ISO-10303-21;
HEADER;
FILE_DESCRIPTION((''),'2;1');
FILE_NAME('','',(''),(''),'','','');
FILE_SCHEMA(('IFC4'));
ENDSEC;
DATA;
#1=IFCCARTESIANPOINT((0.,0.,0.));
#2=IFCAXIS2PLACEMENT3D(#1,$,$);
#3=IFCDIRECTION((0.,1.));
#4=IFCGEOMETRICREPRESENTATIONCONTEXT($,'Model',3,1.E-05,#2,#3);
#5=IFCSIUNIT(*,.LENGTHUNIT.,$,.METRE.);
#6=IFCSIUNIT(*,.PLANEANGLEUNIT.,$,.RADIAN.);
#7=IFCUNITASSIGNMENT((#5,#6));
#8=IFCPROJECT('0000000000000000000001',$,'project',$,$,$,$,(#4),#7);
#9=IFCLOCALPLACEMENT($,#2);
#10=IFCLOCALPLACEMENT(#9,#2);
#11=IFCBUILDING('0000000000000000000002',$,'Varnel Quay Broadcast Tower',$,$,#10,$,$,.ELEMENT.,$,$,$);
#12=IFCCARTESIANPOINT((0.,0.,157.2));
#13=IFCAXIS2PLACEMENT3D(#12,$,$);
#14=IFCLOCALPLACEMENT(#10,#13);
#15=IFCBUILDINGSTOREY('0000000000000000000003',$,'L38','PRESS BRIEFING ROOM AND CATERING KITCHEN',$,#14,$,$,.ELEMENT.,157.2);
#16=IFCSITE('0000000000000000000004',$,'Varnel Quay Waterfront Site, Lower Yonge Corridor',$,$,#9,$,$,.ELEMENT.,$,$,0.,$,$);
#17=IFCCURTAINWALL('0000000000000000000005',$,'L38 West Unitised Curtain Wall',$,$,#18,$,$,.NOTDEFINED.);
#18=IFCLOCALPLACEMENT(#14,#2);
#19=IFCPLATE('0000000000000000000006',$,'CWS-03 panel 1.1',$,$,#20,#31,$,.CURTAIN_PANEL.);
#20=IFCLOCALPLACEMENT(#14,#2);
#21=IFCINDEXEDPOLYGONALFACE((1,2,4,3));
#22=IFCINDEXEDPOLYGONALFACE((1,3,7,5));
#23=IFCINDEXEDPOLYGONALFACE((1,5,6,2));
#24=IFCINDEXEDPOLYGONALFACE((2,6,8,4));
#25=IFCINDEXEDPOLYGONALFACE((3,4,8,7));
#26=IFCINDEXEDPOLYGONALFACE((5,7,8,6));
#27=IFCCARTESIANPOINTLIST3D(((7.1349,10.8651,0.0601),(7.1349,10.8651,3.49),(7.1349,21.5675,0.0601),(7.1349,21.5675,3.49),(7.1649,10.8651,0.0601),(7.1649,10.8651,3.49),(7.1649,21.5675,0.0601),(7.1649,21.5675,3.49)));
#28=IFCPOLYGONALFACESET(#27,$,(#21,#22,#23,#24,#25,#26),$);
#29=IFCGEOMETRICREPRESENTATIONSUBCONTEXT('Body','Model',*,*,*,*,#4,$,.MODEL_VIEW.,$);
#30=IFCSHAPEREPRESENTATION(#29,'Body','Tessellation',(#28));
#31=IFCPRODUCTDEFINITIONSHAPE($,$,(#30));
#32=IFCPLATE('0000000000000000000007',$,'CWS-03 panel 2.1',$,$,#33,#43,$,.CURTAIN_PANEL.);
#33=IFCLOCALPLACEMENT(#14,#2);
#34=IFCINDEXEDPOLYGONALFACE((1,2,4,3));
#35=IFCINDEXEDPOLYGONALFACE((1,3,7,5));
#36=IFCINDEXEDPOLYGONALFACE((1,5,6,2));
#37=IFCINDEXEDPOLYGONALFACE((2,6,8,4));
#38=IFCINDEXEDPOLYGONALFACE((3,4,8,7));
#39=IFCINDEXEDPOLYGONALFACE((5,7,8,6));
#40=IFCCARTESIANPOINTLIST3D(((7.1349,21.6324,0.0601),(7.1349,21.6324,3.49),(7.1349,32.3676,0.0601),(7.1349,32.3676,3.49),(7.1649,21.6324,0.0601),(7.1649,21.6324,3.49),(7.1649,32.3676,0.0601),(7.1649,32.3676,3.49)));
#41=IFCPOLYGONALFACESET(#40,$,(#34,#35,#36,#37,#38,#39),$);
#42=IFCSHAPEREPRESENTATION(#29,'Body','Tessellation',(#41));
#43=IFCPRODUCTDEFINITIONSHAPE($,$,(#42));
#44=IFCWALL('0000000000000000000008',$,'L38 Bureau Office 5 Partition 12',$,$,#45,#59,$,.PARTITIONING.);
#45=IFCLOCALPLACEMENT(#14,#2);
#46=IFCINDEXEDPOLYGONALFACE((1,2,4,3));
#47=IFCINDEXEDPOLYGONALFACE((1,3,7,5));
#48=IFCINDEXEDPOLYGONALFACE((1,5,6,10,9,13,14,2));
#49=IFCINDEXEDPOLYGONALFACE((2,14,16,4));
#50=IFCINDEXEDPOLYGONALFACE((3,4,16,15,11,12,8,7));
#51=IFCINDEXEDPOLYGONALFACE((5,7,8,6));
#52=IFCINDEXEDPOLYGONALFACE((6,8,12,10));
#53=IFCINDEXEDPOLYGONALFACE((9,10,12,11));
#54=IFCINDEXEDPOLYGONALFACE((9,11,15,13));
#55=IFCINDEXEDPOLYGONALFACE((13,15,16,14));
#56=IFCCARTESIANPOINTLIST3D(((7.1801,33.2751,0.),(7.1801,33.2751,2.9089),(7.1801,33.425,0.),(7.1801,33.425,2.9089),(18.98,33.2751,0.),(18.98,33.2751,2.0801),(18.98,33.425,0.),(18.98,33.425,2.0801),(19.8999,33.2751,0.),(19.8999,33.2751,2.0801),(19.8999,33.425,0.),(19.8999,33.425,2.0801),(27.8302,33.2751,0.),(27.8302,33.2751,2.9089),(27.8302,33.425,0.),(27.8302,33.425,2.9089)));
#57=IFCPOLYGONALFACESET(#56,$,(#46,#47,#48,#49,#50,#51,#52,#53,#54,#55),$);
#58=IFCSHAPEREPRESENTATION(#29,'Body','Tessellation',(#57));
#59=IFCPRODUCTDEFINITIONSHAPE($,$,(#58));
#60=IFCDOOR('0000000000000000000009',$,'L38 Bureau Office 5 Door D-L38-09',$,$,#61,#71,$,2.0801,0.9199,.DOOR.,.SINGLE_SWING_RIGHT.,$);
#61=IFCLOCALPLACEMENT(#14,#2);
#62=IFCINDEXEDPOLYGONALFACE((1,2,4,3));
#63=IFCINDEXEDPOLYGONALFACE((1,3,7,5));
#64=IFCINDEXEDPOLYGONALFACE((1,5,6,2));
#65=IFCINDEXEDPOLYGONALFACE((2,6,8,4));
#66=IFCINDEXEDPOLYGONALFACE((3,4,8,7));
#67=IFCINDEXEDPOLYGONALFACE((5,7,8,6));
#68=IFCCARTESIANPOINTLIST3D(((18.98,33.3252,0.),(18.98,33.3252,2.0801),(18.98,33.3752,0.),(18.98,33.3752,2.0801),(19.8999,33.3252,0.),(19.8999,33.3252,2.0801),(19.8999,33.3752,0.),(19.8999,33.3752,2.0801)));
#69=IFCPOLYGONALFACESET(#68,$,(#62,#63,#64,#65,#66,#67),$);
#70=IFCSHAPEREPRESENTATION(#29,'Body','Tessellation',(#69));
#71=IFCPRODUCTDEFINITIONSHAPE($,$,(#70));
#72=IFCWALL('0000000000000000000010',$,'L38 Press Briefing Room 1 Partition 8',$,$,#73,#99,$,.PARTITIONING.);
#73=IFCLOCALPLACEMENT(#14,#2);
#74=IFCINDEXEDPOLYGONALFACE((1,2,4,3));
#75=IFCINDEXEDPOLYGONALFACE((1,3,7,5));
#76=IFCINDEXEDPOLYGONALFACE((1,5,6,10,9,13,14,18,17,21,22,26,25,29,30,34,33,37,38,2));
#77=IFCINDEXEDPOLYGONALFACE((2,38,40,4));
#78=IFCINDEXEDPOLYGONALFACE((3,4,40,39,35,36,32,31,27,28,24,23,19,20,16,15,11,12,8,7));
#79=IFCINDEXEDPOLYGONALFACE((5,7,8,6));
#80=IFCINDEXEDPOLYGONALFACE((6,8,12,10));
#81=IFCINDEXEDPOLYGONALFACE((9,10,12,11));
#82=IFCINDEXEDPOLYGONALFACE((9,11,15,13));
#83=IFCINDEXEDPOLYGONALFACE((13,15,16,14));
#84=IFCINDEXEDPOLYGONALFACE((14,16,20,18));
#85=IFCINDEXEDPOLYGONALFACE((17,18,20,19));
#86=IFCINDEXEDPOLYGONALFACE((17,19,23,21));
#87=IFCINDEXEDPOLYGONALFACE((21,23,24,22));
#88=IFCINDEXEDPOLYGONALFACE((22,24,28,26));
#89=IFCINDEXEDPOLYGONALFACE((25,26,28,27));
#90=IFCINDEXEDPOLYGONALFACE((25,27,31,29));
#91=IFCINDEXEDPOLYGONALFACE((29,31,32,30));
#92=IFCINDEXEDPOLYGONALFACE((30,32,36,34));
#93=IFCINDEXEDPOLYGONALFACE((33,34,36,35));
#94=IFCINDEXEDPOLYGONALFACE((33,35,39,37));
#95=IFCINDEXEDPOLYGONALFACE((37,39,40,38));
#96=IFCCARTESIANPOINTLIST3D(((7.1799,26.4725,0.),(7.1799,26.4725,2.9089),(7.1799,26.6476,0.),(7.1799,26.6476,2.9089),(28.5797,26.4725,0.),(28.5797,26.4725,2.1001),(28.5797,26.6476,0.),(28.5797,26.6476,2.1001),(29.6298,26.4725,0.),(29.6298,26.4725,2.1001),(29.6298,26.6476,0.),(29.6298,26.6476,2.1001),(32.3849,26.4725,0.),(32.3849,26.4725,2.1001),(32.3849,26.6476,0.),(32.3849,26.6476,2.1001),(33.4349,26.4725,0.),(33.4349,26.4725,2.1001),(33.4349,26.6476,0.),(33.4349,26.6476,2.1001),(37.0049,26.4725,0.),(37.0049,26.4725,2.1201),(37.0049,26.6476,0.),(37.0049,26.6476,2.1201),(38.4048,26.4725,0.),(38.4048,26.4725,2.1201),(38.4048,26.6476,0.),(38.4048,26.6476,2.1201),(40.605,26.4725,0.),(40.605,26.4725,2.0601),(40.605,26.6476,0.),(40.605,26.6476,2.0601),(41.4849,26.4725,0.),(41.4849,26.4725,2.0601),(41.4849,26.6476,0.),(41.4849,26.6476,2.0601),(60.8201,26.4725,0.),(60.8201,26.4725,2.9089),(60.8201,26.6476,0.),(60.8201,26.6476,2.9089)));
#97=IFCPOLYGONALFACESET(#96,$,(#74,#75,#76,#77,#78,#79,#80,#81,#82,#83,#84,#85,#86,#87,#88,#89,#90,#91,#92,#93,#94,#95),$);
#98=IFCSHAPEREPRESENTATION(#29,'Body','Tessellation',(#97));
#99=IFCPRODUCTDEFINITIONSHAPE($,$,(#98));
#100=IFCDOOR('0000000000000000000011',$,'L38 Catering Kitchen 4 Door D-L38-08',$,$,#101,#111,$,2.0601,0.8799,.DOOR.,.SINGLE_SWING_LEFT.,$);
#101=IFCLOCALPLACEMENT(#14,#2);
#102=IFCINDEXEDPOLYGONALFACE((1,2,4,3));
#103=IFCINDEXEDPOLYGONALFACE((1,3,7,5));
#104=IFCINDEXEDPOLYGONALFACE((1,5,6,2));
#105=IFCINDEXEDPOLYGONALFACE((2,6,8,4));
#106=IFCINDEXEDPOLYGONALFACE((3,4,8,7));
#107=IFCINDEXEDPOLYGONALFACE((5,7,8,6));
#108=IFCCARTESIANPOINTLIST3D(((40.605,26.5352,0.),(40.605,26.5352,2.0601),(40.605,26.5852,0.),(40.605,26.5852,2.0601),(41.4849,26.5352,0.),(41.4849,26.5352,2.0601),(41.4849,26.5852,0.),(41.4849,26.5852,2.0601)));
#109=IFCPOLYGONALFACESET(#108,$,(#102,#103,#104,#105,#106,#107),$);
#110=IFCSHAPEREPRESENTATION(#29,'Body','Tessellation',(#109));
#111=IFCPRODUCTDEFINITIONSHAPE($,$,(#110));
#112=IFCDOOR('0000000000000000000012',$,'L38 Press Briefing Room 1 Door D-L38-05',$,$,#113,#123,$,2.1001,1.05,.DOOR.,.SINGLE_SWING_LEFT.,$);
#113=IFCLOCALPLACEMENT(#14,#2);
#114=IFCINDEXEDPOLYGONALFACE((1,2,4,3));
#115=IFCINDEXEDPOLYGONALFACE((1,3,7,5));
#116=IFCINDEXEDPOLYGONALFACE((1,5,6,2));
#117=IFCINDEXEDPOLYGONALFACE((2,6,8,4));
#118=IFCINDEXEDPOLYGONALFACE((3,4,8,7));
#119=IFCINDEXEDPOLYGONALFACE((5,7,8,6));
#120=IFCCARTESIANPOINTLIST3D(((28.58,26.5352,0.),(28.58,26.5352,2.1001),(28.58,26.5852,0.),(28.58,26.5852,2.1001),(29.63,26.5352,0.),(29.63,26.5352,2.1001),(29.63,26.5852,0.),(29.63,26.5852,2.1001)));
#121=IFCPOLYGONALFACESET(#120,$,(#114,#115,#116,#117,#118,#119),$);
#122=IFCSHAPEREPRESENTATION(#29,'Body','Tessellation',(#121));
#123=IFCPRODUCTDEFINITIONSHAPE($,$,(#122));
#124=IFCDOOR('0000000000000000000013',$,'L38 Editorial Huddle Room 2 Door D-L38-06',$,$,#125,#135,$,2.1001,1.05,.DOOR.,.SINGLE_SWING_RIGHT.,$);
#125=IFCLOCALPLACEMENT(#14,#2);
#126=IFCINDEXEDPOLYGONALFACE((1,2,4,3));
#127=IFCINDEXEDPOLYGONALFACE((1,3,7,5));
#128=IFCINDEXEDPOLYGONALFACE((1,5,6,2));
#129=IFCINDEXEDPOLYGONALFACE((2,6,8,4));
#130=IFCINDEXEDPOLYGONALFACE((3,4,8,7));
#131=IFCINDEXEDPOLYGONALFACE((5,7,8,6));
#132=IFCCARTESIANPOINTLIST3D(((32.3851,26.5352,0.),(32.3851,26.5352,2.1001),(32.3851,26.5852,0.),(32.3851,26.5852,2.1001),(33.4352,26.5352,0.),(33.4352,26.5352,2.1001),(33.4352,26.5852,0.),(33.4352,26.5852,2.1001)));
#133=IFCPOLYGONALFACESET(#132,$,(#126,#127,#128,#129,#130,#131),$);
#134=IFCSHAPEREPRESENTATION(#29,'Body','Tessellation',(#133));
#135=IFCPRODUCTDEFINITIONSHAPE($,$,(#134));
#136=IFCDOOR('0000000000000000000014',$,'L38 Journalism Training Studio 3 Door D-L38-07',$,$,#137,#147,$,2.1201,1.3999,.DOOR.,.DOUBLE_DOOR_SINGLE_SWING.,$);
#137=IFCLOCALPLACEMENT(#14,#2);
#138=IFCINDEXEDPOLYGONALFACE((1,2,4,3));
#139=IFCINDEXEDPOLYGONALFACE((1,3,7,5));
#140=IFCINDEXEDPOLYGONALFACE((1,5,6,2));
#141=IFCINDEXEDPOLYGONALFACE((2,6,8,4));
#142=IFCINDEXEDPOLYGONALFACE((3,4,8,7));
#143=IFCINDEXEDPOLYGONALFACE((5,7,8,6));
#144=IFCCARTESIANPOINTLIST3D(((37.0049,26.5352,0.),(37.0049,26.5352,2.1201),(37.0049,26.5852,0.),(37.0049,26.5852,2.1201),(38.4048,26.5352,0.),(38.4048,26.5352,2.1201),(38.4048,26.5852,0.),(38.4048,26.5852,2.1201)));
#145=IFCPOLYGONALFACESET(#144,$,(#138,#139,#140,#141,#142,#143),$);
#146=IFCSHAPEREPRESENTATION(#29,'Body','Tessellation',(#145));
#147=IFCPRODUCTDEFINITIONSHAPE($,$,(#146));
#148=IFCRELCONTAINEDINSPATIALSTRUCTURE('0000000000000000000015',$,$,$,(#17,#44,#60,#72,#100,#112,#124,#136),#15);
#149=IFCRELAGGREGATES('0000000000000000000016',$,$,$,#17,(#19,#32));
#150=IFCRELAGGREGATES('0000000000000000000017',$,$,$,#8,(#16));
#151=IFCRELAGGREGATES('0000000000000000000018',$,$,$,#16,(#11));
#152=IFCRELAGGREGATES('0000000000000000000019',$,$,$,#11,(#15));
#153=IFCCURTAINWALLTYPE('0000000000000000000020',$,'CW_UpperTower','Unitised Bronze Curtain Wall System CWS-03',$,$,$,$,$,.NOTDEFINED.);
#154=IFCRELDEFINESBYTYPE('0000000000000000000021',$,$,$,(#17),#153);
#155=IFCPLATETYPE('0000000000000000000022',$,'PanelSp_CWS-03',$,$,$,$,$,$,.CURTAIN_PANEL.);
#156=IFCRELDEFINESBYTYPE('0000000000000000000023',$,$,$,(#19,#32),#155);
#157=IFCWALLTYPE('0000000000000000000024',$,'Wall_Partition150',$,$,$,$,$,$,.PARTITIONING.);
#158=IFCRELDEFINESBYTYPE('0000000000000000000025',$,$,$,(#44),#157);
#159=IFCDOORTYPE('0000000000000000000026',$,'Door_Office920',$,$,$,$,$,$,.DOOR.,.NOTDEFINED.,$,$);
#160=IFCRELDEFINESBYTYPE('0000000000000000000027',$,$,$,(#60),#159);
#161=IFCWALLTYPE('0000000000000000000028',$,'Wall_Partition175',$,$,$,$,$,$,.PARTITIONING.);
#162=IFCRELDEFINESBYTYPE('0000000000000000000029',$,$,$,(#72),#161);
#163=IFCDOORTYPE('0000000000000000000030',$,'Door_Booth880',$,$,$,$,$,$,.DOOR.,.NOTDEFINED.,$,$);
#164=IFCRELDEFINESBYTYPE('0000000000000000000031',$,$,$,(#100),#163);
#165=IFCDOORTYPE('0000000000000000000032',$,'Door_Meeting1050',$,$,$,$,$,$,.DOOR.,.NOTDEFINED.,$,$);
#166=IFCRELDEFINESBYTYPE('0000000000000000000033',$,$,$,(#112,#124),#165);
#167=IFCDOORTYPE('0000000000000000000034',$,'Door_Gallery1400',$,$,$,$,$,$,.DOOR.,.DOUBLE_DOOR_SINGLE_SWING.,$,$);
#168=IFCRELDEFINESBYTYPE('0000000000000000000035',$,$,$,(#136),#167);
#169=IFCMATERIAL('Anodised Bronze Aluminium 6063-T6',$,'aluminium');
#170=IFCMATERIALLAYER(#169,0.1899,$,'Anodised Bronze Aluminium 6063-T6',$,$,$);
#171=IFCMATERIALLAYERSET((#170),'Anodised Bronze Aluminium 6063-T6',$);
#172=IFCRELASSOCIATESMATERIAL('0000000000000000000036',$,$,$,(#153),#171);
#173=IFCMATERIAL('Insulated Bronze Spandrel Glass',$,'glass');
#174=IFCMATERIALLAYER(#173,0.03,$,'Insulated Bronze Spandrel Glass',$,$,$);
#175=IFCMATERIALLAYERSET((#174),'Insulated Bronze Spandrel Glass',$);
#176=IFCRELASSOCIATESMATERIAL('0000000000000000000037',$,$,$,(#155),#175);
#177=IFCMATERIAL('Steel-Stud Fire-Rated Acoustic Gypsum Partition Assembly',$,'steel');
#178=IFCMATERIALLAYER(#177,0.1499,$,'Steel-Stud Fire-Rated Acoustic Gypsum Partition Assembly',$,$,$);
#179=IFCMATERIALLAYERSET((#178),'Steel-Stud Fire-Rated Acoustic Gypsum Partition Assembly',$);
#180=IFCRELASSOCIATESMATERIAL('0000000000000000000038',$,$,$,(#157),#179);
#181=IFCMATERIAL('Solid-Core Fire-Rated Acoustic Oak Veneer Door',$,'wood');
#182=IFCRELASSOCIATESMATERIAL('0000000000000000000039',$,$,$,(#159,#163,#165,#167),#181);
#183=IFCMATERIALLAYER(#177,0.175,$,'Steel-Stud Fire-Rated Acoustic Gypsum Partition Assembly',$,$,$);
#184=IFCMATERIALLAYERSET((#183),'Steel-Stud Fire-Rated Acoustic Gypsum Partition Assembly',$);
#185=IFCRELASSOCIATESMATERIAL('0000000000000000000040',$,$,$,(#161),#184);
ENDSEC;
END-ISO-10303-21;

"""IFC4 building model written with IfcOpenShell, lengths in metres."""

from ifc_helpers import new_model, si_unit, direction, frame, frame_2d, origin, origin_2d, place, context, subcontext, project, spatial, rectangle, extrude, source, transform, mapped, material, layer, layer_set, type_object, type_shapes, element, fill, aggregate, save


model = new_model("IFC4")

# Units and contexts
model_context = context("Model", 3, precision=1e-05, world=origin(), true_north=direction((0.0, 1.0)))
body_context = subcontext(model_context, "Body", "Model", "MODEL_VIEW")
ifc_project = project(units=[si_unit("LENGTHUNIT", "METRE"), si_unit("PLANEANGLEUNIT", "RADIAN")], contexts=[model_context])

# Site, building, storey
site_placement = place(None, origin())
site = spatial("IfcSite", under=ifc_project, at=site_placement, Name="Varnel Quay Waterfront Site, Lower Yonge Corridor", CompositionType="ELEMENT", RefElevation=0.0)
building_placement = place(site_placement, origin())
building = spatial("IfcBuilding", under=site, at=building_placement, Name="Varnel Quay Broadcast Tower", CompositionType="ELEMENT")
storey_placement = place(building_placement, frame((0.0, 0.0, 157.2)))
storey = spatial("IfcBuildingStorey", under=building, at=storey_placement, Name="L38", Description="PRESS BRIEFING ROOM AND CATERING KITCHEN", CompositionType="ELEMENT", Elevation=157.2)

# Curtain wall
ifc_material_1 = material(Name="Anodised Bronze Aluminium 6063-T6", Category="aluminium")
ifc_layer_1 = layer(ifc_material_1, 0.1899, Name="Anodised Bronze Aluminium 6063-T6")
ifc_layer_set_1 = layer_set([ifc_layer_1], Name="Anodised Bronze Aluminium 6063-T6")
curtain_wall_type = type_object("IfcCurtainWallType", Name="CW_UpperTower", Description="Unitised Bronze Curtain Wall System CWS-03", PredefinedType="NOTDEFINED", material=ifc_layer_set_1)
curtain_wall_placement = place(storey_placement, origin())
curtain_wall = element("IfcCurtainWall", 1, at=curtain_wall_placement, inside=storey, type_object=curtain_wall_type, Name="L38 West Unitised Curtain Wall", PredefinedType="NOTDEFINED")

# Plates
ifc_material_2 = material(Name="Insulated Bronze Spandrel Glass", Category="glass")
ifc_layer_2 = layer(ifc_material_2, 0.03, Name="Insulated Bronze Spandrel Glass")
ifc_layer_set_2 = layer_set([ifc_layer_2], Name="Insulated Bronze Spandrel Glass")
plate_type_1 = type_object("IfcPlateType", Name="PanelSp_CWS-03", PredefinedType="CURTAIN_PANEL", material=ifc_layer_set_2)
shared_shape_1 = source(origin(), body_context, "Body", "SweptSolid", [
    extrude(rectangle(XDim=10.7024, YDim=0.03, at=origin_2d()), origin(), (0.0, 0.0, 1.0), 3.4299),
])
plate_1_placement = place(storey_placement, frame((7.1499, 16.2163, 0.0601), z_axis=(0.0, 0.0, 1.0), x_axis=(0.0, 1.0, 0.0)))
plate_1 = element("IfcPlate", 2, at=plate_1_placement, type_object=plate_type_1, Name="CWS-03 panel 1.1", PredefinedType="CURTAIN_PANEL", context=body_context, shape_type="MappedRepresentation", body=[
    mapped(shared_shape_1, transform((0.0, 0.0, 0.0), x_axis=(1.0, 0.0, 0.0), y_axis=(0.0, 1.0, 0.0), z_axis=(0.0, 0.0, 1.0), scale=1.0)),
])
shared_shape_2 = source(origin(), body_context, "Body", "SweptSolid", [
    extrude(rectangle(XDim=10.7351, YDim=0.03, at=origin_2d()), origin(), (0.0, 0.0, 1.0), 3.4299),
])
type_shapes(plate_type_1, [shared_shape_1, shared_shape_2])
plate_2_placement = place(storey_placement, frame((7.1499, 27.0, 0.0601), z_axis=(0.0, 0.0, 1.0), x_axis=(0.0, 1.0, 0.0)))
plate_2 = element("IfcPlate", 3, at=plate_2_placement, type_object=plate_type_1, Name="CWS-03 panel 2.1", PredefinedType="CURTAIN_PANEL", context=body_context, shape_type="MappedRepresentation", body=[
    mapped(shared_shape_2, transform((0.0, 0.0, 0.0), x_axis=(1.0, 0.0, 0.0), y_axis=(0.0, 1.0, 0.0), z_axis=(0.0, 0.0, 1.0), scale=1.0)),
])
aggregate(curtain_wall, [plate_1, plate_2])

# Wall, opening, door
ifc_material_3 = material(Name="Steel-Stud Fire-Rated Acoustic Gypsum Partition Assembly", Category="steel")
ifc_layer_3 = layer(ifc_material_3, 0.1499, Name="Steel-Stud Fire-Rated Acoustic Gypsum Partition Assembly")
ifc_layer_set_3 = layer_set([ifc_layer_3], Name="Steel-Stud Fire-Rated Acoustic Gypsum Partition Assembly")
wall_type_1 = type_object("IfcWallType", Name="Wall_Partition150", PredefinedType="PARTITIONING", material=ifc_layer_set_3)
wall_1_placement = place(storey_placement, frame((7.1799, 33.3501, 0.0), z_axis=(0.0, 0.0, 1.0), x_axis=(1.0, 0.0, 0.0)))
wall_1 = element("IfcWall", 4, at=wall_1_placement, inside=storey, type_object=wall_type_1, Name="L38 Bureau Office 5 Partition 12", PredefinedType="PARTITIONING", context=body_context, shape_type="SweptSolid", body=[
    extrude(rectangle(XDim=20.6501, YDim=0.1499, at=frame_2d((10.3252, 0.0))), origin(), (0.0, 0.0, 1.0), 2.9089),
])
opening_1_placement = place(wall_1_placement, frame((11.8, 0.0, 0.0)))
opening_1 = element("IfcOpeningElement", 5, at=opening_1_placement, cuts=wall_1, PredefinedType="OPENING", context=body_context, shape_type="SweptSolid", body=[
    extrude(rectangle(XDim=0.9199, YDim=2.0801, at=frame_2d((0.46, 1.04))), frame((0.0, 0.085, 0.0), z_axis=(0.0, -1.0, 0.0), x_axis=(1.0, 0.0, 0.0)), (0.0, 0.0, 1.0), 0.1699),
])
ifc_material_4 = material(Name="Solid-Core Fire-Rated Acoustic Oak Veneer Door", Category="wood")
door_type_1 = type_object("IfcDoorType", Name="Door_Office920", OperationType="NOTDEFINED", PredefinedType="DOOR", material=ifc_material_4)
shared_shape_3 = source(origin(), body_context, "Body", "SweptSolid", [
    extrude(rectangle(XDim=0.9199, YDim=2.0801, at=frame_2d((0.46, 1.04))), frame((0.0, 0.0249, 0.0), z_axis=(0.0, -1.0, 0.0), x_axis=(1.0, 0.0, 0.0)), (0.0, 0.0, 1.0), 0.05),
])
type_shapes(door_type_1, [shared_shape_3])
door_1_placement = place(opening_1_placement, frame((0.9199, 0.0, 0.0), z_axis=(0.0, 0.0, 1.0), x_axis=(-1.0, 0.0, 0.0)))
door_1 = element("IfcDoor", 6, at=door_1_placement, inside=storey, type_object=door_type_1, Name="L38 Bureau Office 5 Door D-L38-09", OperationType="SINGLE_SWING_RIGHT", OverallHeight=2.0801, OverallWidth=0.9199, PredefinedType="DOOR", context=body_context, shape_type="MappedRepresentation", body=[
    mapped(shared_shape_3, transform((0.0, 0.0, 0.0), x_axis=(1.0, 0.0, 0.0), y_axis=(0.0, 1.0, 0.0), z_axis=(0.0, 0.0, 1.0), scale=1.0)),
])
fill(opening_1, door_1)

# Wall, openings, doors
ifc_layer_4 = layer(ifc_material_3, 0.175, Name="Steel-Stud Fire-Rated Acoustic Gypsum Partition Assembly")
ifc_layer_set_4 = layer_set([ifc_layer_4], Name="Steel-Stud Fire-Rated Acoustic Gypsum Partition Assembly")
wall_type_2 = type_object("IfcWallType", Name="Wall_Partition175", PredefinedType="PARTITIONING", material=ifc_layer_set_4)
wall_2_placement = place(storey_placement, frame((7.1799, 26.5601, 0.0), z_axis=(0.0, 0.0, 1.0), x_axis=(1.0, 0.0, 0.0)))
wall_2 = element("IfcWall", 7, at=wall_2_placement, inside=storey, type_object=wall_type_2, Name="L38 Press Briefing Room 1 Partition 8", PredefinedType="PARTITIONING", context=body_context, shape_type="SweptSolid", body=[
    extrude(rectangle(XDim=53.6401, YDim=0.175, at=frame_2d((26.8201, 0.0))), origin(), (0.0, 0.0, 1.0), 2.9089),
])
opening_2_placement = place(wall_2_placement, frame((21.3999, 0.0, 0.0)))
opening_2 = element("IfcOpeningElement", 8, at=opening_2_placement, cuts=wall_2, PredefinedType="OPENING", context=body_context, shape_type="SweptSolid", body=[
    extrude(rectangle(XDim=1.05, YDim=2.1001, at=frame_2d((0.5249, 1.05))), frame((0.0, 0.0977, 0.0), z_axis=(0.0, -1.0, 0.0), x_axis=(1.0, 0.0, 0.0)), (0.0, 0.0, 1.0), 0.1951),
])
opening_3_placement = place(wall_2_placement, frame((25.2051, 0.0, 0.0)))
opening_3 = element("IfcOpeningElement", 9, at=opening_3_placement, cuts=wall_2, PredefinedType="OPENING", context=body_context, shape_type="SweptSolid", body=[
    extrude(rectangle(XDim=1.05, YDim=2.1001, at=frame_2d((0.5249, 1.05))), frame((0.0, 0.0977, 0.0), z_axis=(0.0, -1.0, 0.0), x_axis=(1.0, 0.0, 0.0)), (0.0, 0.0, 1.0), 0.1951),
])
opening_4_placement = place(wall_2_placement, frame((29.825, 0.0, 0.0)))
opening_4 = element("IfcOpeningElement", 10, at=opening_4_placement, cuts=wall_2, PredefinedType="OPENING", context=body_context, shape_type="SweptSolid", body=[
    extrude(rectangle(XDim=1.3999, YDim=2.1201, at=frame_2d((0.7, 1.0601))), frame((0.0, 0.0977, 0.0), z_axis=(0.0, -1.0, 0.0), x_axis=(1.0, 0.0, 0.0)), (0.0, 0.0, 1.0), 0.1951),
])
opening_5_placement = place(wall_2_placement, frame((33.425, 0.0, 0.0)))
opening_5 = element("IfcOpeningElement", 11, at=opening_5_placement, cuts=wall_2, PredefinedType="OPENING", context=body_context, shape_type="SweptSolid", body=[
    extrude(rectangle(XDim=0.8799, YDim=2.0601, at=frame_2d((0.4399, 1.03))), frame((0.0, 0.0977, 0.0), z_axis=(0.0, -1.0, 0.0), x_axis=(1.0, 0.0, 0.0)), (0.0, 0.0, 1.0), 0.1951),
])
door_type_2 = type_object("IfcDoorType", Name="Door_Booth880", OperationType="NOTDEFINED", PredefinedType="DOOR", material=ifc_material_4)
shared_shape_4 = source(origin(), body_context, "Body", "SweptSolid", [
    extrude(rectangle(XDim=0.8799, YDim=2.0601, at=frame_2d((0.4399, 1.03))), frame((0.0, 0.0249, 0.0), z_axis=(0.0, -1.0, 0.0), x_axis=(1.0, 0.0, 0.0)), (0.0, 0.0, 1.0), 0.05),
])
type_shapes(door_type_2, [shared_shape_4])
door_2_placement = place(opening_5_placement, frame((0.8799, 0.0, 0.0), z_axis=(0.0, 0.0, 1.0), x_axis=(-1.0, 0.0, 0.0)))
door_2 = element("IfcDoor", 12, at=door_2_placement, inside=storey, type_object=door_type_2, Name="L38 Catering Kitchen 4 Door D-L38-08", OperationType="SINGLE_SWING_LEFT", OverallHeight=2.0601, OverallWidth=0.8799, PredefinedType="DOOR", context=body_context, shape_type="MappedRepresentation", body=[
    mapped(shared_shape_4, transform((0.0, 0.0, 0.0), x_axis=(1.0, 0.0, 0.0), y_axis=(0.0, 1.0, 0.0), z_axis=(0.0, 0.0, 1.0), scale=1.0)),
])
fill(opening_5, door_2)
door_type_3 = type_object("IfcDoorType", Name="Door_Meeting1050", OperationType="NOTDEFINED", PredefinedType="DOOR", material=ifc_material_4)
shared_shape_5 = source(origin(), body_context, "Body", "SweptSolid", [
    extrude(rectangle(XDim=1.05, YDim=2.1001, at=frame_2d((0.5249, 1.05))), frame((0.0, 0.0249, 0.0), z_axis=(0.0, -1.0, 0.0), x_axis=(1.0, 0.0, 0.0)), (0.0, 0.0, 1.0), 0.05),
])
type_shapes(door_type_3, [shared_shape_5])
door_3_placement = place(opening_2_placement, frame((1.05, 0.0, 0.0), z_axis=(0.0, 0.0, 1.0), x_axis=(-1.0, 0.0, 0.0)))
door_3 = element("IfcDoor", 13, at=door_3_placement, inside=storey, type_object=door_type_3, Name="L38 Press Briefing Room 1 Door D-L38-05", OperationType="SINGLE_SWING_LEFT", OverallHeight=2.1001, OverallWidth=1.05, PredefinedType="DOOR", context=body_context, shape_type="MappedRepresentation", body=[
    mapped(shared_shape_5, transform((0.0, 0.0, 0.0), x_axis=(1.0, 0.0, 0.0), y_axis=(0.0, 1.0, 0.0), z_axis=(0.0, 0.0, 1.0), scale=1.0)),
])
fill(opening_2, door_3)
door_4_placement = place(opening_3_placement, frame((1.05, 0.0, 0.0), z_axis=(0.0, 0.0, 1.0), x_axis=(-1.0, 0.0, 0.0)))
door_4 = element("IfcDoor", 14, at=door_4_placement, inside=storey, type_object=door_type_3, Name="L38 Editorial Huddle Room 2 Door D-L38-06", OperationType="SINGLE_SWING_RIGHT", OverallHeight=2.1001, OverallWidth=1.05, PredefinedType="DOOR", context=body_context, shape_type="MappedRepresentation", body=[
    mapped(shared_shape_5, transform((0.0, 0.0, 0.0), x_axis=(1.0, 0.0, 0.0), y_axis=(0.0, 1.0, 0.0), z_axis=(0.0, 0.0, 1.0), scale=1.0)),
])
fill(opening_3, door_4)
door_type_4 = type_object("IfcDoorType", Name="Door_Gallery1400", OperationType="DOUBLE_DOOR_SINGLE_SWING", PredefinedType="DOOR", material=ifc_material_4)
shared_shape_6 = source(origin(), body_context, "Body", "SweptSolid", [
    extrude(rectangle(XDim=1.3999, YDim=2.1201, at=frame_2d((0.7, 1.0601))), frame((0.0, 0.0249, 0.0), z_axis=(0.0, -1.0, 0.0), x_axis=(1.0, 0.0, 0.0)), (0.0, 0.0, 1.0), 0.05),
])
type_shapes(door_type_4, [shared_shape_6])
door_5_placement = place(opening_4_placement, frame((1.3999, 0.0, 0.0), z_axis=(0.0, 0.0, 1.0), x_axis=(-1.0, 0.0, 0.0)))
door_5 = element("IfcDoor", 15, at=door_5_placement, inside=storey, type_object=door_type_4, Name="L38 Journalism Training Studio 3 Door D-L38-07", OperationType="DOUBLE_DOOR_SINGLE_SWING", OverallHeight=2.1201, OverallWidth=1.3999, PredefinedType="DOOR", context=body_context, shape_type="MappedRepresentation", body=[
    mapped(shared_shape_6, transform((0.0, 0.0, 0.0), x_axis=(1.0, 0.0, 0.0), y_axis=(0.0, 1.0, 0.0), z_axis=(0.0, 0.0, 1.0), scale=1.0)),
])
fill(opening_4, door_5)

save(model, "model.ifc")
